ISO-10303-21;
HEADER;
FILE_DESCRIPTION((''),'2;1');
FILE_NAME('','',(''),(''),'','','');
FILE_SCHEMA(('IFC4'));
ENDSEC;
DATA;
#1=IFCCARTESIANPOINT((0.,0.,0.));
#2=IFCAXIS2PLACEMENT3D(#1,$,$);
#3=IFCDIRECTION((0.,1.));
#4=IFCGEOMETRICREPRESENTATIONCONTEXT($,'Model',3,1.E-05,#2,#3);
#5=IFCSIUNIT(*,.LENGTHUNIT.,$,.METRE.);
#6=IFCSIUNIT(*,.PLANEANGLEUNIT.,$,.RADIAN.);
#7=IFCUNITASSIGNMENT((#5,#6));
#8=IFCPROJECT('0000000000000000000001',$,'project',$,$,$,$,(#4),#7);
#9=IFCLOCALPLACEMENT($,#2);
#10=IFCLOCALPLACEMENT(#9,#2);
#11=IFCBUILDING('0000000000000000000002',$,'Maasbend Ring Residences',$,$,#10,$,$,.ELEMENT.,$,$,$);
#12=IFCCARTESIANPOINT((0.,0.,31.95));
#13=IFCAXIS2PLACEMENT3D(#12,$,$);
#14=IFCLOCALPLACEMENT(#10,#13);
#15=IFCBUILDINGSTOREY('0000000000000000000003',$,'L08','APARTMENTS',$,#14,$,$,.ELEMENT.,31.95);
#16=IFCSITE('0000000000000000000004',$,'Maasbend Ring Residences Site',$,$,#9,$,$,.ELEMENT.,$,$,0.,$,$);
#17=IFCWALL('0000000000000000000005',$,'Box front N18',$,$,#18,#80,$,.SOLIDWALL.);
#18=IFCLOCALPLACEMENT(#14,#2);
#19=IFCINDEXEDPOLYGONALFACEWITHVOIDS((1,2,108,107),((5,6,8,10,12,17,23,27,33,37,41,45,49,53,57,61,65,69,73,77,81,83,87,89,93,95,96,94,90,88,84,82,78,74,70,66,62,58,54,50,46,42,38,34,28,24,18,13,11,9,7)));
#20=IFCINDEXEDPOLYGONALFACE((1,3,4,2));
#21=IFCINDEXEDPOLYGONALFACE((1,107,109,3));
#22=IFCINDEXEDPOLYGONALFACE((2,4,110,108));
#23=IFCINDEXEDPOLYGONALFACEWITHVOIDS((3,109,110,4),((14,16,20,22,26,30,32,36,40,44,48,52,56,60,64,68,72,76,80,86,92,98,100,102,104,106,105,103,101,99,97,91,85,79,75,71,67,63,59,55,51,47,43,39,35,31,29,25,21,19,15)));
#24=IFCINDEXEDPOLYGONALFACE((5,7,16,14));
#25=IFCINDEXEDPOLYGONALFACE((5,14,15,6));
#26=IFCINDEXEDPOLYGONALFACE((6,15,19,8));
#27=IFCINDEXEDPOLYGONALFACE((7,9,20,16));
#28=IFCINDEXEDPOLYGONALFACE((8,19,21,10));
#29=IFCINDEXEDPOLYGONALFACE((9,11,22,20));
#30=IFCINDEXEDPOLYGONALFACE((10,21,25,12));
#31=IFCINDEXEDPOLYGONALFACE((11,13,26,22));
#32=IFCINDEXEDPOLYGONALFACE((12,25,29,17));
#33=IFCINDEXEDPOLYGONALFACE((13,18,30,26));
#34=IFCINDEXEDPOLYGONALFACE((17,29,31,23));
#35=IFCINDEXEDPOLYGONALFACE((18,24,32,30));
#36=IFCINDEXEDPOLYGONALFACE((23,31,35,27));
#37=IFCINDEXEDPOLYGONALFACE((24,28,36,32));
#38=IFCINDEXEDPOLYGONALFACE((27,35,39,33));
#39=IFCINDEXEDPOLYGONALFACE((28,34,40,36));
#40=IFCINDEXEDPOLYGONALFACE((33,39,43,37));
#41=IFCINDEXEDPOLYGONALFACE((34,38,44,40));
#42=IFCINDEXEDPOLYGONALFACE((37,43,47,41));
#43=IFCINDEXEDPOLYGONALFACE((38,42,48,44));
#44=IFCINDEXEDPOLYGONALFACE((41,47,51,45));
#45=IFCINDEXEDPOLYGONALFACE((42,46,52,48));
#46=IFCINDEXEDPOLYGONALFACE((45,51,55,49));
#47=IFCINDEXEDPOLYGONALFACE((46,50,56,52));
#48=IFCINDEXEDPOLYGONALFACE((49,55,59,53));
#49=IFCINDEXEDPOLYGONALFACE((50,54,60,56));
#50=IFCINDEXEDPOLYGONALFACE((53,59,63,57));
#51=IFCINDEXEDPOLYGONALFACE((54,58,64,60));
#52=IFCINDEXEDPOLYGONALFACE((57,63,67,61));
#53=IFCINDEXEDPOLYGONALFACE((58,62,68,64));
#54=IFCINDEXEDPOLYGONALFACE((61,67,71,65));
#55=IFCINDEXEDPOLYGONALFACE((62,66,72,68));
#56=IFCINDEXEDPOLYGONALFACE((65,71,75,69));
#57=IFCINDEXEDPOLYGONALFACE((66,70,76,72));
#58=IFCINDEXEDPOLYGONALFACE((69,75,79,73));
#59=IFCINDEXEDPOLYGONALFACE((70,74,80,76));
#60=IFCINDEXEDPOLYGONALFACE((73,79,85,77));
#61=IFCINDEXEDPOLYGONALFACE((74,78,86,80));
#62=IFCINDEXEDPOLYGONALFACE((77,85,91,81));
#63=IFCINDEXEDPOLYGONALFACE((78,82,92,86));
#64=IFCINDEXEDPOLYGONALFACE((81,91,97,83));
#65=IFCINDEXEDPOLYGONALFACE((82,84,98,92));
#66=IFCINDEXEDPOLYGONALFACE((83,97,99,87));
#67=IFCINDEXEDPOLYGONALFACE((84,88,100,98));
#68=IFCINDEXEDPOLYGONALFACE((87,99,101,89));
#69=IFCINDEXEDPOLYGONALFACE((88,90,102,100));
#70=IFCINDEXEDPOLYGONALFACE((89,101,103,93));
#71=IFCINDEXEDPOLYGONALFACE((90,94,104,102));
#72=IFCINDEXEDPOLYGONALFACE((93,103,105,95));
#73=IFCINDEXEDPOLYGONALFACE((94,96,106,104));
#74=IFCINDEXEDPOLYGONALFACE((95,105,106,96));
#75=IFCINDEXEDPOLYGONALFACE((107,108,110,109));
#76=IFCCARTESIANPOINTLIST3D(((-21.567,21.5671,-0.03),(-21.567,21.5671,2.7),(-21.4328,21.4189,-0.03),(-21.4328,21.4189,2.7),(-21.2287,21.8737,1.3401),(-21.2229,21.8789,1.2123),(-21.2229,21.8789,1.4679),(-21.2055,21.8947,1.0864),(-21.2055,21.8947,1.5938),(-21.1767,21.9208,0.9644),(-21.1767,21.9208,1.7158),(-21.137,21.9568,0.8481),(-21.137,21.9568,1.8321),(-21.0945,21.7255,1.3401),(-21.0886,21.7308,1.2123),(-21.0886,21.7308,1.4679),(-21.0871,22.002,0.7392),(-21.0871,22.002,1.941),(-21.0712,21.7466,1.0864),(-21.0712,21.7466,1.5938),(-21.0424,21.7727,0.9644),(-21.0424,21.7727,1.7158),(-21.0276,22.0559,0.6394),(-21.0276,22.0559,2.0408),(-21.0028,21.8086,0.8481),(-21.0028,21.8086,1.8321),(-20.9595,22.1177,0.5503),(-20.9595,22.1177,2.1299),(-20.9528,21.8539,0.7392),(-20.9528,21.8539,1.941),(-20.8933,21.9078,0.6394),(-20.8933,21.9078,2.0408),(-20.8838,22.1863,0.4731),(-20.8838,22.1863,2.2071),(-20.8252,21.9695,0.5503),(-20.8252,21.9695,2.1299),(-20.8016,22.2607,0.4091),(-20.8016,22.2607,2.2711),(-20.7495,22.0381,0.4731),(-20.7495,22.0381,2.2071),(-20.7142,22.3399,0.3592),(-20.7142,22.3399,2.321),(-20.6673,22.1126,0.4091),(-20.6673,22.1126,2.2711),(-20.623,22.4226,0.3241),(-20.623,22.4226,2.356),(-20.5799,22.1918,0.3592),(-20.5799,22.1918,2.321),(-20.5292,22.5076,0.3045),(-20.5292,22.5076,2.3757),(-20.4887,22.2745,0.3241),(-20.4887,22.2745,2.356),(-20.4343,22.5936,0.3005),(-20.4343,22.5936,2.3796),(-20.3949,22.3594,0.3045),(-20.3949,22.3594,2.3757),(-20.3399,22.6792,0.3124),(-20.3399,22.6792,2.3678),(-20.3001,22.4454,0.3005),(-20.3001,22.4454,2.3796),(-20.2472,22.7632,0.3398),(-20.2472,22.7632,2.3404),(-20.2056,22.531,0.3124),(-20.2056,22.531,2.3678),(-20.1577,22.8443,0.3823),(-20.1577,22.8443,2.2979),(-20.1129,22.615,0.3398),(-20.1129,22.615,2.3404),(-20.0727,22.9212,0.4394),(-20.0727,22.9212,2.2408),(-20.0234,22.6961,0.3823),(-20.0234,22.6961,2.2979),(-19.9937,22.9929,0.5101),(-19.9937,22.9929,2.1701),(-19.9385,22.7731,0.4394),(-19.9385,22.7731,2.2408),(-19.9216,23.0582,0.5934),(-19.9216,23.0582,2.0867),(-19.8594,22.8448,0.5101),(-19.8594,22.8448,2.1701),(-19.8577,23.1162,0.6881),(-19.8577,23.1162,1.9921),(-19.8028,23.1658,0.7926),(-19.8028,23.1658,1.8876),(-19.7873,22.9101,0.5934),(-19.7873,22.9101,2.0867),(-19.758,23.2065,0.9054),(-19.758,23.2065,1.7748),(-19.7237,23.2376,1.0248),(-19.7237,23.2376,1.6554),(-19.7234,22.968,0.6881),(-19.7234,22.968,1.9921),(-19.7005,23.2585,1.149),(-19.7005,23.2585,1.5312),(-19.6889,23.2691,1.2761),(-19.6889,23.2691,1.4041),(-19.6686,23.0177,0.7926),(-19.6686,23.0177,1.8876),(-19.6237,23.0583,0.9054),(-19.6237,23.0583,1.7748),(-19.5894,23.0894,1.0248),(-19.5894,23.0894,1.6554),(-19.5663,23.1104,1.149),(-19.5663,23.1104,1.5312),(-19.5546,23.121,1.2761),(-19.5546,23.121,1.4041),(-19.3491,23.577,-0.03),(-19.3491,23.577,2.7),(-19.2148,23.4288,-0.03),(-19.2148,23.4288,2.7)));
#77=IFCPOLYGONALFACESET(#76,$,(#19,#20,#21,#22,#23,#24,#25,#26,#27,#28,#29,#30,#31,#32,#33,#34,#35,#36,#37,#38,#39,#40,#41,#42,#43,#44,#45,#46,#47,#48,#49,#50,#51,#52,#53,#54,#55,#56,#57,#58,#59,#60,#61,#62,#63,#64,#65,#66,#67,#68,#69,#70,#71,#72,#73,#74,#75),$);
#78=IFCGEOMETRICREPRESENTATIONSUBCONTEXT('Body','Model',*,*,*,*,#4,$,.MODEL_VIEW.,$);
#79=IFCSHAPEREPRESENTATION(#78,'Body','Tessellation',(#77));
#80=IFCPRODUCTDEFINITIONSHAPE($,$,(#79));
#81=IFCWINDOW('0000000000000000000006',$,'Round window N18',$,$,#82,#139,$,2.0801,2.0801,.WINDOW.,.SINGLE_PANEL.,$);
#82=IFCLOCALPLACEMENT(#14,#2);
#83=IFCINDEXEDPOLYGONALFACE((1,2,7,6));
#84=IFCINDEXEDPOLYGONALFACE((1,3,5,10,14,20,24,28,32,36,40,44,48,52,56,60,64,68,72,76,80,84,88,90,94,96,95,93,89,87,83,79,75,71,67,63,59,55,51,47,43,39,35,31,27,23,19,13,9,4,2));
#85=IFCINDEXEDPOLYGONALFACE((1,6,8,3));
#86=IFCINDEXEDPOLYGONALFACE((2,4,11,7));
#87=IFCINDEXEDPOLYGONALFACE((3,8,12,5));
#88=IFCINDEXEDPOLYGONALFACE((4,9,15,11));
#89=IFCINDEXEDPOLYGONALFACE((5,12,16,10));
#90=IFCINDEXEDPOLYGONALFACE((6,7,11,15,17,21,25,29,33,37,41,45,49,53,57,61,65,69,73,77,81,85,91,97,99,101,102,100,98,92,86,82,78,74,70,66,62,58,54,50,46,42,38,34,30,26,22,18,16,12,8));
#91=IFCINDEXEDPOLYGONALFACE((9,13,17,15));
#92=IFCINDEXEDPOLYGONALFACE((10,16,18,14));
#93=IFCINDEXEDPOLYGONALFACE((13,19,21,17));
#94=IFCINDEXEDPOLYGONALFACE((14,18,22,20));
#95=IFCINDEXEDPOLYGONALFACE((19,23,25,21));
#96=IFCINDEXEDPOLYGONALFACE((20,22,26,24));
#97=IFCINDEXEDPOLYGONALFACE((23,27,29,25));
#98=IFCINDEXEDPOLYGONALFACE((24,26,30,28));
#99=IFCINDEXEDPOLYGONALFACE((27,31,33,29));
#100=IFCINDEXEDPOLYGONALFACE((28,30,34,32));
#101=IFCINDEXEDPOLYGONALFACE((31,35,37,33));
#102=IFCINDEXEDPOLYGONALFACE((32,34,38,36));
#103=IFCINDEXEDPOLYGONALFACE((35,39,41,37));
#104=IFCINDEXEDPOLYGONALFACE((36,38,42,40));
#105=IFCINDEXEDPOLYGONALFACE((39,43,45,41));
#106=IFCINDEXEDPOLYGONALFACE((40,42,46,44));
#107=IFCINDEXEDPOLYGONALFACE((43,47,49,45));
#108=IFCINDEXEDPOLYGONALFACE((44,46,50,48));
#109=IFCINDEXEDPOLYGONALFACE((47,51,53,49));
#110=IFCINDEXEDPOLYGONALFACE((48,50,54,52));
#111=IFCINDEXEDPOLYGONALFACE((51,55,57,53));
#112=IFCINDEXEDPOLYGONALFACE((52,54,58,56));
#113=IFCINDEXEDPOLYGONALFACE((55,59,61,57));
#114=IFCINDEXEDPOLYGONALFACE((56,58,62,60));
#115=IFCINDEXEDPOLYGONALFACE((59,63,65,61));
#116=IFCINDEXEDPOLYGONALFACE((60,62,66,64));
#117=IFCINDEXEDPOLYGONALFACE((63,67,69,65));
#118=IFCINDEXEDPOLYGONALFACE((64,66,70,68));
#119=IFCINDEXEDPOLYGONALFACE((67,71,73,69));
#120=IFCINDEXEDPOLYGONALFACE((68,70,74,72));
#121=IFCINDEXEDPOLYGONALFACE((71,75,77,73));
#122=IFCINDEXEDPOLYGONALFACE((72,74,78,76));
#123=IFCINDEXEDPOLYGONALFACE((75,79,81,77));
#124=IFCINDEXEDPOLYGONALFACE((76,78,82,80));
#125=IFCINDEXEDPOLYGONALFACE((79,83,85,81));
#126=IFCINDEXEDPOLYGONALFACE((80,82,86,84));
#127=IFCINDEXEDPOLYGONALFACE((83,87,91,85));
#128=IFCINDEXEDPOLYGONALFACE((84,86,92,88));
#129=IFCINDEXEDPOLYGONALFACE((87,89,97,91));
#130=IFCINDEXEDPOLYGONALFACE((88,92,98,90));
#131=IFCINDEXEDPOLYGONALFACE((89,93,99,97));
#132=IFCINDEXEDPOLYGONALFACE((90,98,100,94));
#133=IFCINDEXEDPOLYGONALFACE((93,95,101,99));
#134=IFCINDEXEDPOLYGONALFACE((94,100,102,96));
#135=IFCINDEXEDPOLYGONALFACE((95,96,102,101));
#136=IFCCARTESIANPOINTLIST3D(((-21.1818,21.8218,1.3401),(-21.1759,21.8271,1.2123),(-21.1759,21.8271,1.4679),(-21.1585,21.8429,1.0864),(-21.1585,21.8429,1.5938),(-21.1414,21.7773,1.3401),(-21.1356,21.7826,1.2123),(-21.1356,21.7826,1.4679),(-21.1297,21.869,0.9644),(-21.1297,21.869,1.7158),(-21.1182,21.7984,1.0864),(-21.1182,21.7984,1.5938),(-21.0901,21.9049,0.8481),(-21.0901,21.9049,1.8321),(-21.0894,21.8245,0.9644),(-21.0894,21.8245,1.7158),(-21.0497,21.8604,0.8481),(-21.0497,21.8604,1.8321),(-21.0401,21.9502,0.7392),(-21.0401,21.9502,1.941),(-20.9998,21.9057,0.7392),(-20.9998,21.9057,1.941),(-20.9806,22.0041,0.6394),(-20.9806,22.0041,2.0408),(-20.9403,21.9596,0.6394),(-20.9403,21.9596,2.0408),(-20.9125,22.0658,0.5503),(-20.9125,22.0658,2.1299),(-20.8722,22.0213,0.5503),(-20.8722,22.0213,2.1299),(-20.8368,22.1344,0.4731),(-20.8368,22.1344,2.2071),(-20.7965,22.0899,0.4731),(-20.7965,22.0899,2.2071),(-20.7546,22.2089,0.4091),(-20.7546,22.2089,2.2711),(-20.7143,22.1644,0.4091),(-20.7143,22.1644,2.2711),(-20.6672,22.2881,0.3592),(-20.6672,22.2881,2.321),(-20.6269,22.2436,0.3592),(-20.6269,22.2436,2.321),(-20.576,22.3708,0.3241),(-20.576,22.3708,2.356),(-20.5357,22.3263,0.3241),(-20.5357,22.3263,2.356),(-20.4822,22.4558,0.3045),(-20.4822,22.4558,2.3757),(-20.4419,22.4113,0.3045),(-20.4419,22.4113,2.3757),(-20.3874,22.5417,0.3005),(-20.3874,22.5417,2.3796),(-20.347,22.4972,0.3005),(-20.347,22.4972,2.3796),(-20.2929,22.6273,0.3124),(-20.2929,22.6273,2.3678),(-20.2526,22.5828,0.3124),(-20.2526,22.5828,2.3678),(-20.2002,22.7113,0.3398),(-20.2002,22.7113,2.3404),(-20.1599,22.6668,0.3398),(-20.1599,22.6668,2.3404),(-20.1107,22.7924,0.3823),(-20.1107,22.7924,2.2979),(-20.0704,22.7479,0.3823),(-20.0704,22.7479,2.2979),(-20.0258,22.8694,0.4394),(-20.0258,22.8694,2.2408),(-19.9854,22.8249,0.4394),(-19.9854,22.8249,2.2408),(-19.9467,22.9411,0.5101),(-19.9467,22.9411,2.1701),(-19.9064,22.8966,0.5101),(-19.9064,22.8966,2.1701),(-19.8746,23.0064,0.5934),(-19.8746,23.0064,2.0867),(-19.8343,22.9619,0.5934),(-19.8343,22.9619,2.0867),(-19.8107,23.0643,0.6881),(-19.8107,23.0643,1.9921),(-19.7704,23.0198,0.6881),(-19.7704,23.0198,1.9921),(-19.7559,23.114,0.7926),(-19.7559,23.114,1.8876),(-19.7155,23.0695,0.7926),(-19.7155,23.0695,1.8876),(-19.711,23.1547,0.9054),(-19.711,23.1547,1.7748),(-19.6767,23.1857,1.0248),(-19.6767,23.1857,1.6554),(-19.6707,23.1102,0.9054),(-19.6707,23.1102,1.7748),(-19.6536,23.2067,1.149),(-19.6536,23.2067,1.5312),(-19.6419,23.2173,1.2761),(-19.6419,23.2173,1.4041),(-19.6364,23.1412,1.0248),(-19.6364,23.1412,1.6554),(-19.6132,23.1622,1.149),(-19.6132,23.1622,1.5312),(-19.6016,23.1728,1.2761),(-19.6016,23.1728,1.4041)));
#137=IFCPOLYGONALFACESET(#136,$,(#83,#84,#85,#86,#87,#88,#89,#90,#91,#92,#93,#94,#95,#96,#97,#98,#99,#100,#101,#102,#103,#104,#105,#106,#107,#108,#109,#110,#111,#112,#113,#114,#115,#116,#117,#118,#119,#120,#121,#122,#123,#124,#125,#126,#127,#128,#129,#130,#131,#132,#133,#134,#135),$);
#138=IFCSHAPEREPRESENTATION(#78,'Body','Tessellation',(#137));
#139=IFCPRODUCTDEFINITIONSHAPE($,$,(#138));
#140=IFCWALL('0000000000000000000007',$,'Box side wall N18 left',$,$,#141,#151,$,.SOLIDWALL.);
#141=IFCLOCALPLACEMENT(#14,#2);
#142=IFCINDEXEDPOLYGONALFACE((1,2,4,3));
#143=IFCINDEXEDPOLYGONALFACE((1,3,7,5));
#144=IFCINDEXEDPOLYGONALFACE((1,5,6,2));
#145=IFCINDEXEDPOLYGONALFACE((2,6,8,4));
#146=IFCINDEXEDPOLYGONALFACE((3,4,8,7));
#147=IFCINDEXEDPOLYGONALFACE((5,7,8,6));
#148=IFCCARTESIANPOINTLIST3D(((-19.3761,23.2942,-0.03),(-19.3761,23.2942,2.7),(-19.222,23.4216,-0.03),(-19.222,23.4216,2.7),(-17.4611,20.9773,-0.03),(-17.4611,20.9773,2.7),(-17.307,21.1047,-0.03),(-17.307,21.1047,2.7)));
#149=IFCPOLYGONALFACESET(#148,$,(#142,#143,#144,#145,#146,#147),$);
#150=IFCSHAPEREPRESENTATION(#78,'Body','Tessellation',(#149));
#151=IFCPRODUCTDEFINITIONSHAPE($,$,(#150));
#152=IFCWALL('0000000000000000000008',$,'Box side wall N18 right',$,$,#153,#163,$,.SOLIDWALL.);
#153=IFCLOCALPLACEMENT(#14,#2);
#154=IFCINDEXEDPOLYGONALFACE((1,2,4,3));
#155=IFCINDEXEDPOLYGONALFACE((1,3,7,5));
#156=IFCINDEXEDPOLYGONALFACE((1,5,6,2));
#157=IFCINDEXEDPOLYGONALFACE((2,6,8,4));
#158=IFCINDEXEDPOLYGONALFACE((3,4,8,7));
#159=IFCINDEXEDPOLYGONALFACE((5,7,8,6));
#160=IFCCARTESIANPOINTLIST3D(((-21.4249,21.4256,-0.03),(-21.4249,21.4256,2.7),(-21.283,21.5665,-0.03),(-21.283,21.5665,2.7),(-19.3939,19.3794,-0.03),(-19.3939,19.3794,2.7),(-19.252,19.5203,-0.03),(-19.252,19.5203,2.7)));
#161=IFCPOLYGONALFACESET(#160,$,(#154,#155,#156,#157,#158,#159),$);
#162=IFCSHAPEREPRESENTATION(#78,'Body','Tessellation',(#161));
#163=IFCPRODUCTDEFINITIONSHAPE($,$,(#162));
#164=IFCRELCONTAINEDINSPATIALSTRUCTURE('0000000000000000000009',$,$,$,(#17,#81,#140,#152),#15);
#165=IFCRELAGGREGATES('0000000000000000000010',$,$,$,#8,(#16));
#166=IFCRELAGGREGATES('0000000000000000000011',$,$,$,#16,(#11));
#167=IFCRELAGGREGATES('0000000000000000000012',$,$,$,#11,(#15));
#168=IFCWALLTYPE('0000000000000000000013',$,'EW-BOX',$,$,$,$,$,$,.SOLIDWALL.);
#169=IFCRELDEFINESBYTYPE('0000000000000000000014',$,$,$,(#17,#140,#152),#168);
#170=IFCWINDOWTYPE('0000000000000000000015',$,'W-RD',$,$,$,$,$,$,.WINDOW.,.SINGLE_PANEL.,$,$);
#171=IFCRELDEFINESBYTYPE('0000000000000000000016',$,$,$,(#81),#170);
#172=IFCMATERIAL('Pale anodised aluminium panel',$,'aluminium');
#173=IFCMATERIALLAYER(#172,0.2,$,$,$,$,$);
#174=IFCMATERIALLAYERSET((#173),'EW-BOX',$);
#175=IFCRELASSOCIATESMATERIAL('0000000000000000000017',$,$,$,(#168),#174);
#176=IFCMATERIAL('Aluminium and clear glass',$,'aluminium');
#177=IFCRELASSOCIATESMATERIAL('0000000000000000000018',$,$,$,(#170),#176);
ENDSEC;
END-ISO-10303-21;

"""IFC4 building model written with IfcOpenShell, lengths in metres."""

from ifc_helpers import new_model, si_unit, direction, frame, frame_2d, origin, place, context, subcontext, project, spatial, rectangle, circle, extrude, material, layer, layer_set, type_object, element, fill, save


model = new_model("IFC4")

# Units and contexts
model_context = context("Model", 3, precision=1e-05, world=origin(), true_north=direction((0.0, 1.0)))
body_context = subcontext(model_context, "Body", "Model", "MODEL_VIEW")
ifc_project = project(units=[si_unit("LENGTHUNIT", "METRE"), si_unit("PLANEANGLEUNIT", "RADIAN")], contexts=[model_context])

# Site, building, storey
site_placement = place(None, origin())
site = spatial("IfcSite", under=ifc_project, at=site_placement, Name="Maasbend Ring Residences Site", CompositionType="ELEMENT", RefElevation=0.0)
building_placement = place(site_placement, origin())
building = spatial("IfcBuilding", under=site, at=building_placement, Name="Maasbend Ring Residences", CompositionType="ELEMENT")
storey_placement = place(building_placement, frame((0.0, 0.0, 31.95)))
storey = spatial("IfcBuildingStorey", under=building, at=storey_placement, Name="L08", Description="APARTMENTS", CompositionType="ELEMENT", Elevation=31.95)

# Wall, opening, window
ifc_material_1 = material(Name="Pale anodised aluminium panel", Category="aluminium")
ifc_layer_1 = layer(ifc_material_1, 0.2)
ifc_layer_set_1 = layer_set([ifc_layer_1], Name="EW-BOX")
wall_type_1 = type_object("IfcWallType", Name="EW-BOX", PredefinedType="SOLIDWALL", material=ifc_layer_set_1)
wall_1_placement = place(storey_placement, frame((-19.282, 23.5029, -0.03), z_axis=(0.0, 0.0, 1.0), x_axis=(-0.740998, -0.671507, 0.0)))
wall_1 = element("IfcWall", 1, at=wall_1_placement, inside=storey, type_object=wall_type_1, Name="Box front N18", PredefinedType="SOLIDWALL", context=body_context, shape_type="SweptSolid", body=[
    extrude(rectangle(XDim=2.9932, YDim=0.2, at=frame_2d((1.4966, 0.0))), origin(), (0.0, 0.0, 1.0), 2.73),
])
opening_1_placement = place(wall_1_placement, frame((0.4565, 0.0, 0.3301)))
opening_1 = element("IfcOpeningElement", 2, at=opening_1_placement, cuts=wall_1, PredefinedType="OPENING", context=body_context, shape_type="SweptSolid", body=[
    extrude(circle(Radius=1.04, at=frame_2d((1.04, 1.04))), frame((0.0, 0.1099, 0.0), z_axis=(0.0, -1.0, 0.0), x_axis=(1.0, 0.0, 0.0)), (0.0, 0.0, 1.0), 0.22),
])
ifc_material_2 = material(Name="Aluminium and clear glass", Category="aluminium")
window_type_1 = type_object("IfcWindowType", Name="W-RD", PartitioningType="SINGLE_PANEL", PredefinedType="WINDOW", material=ifc_material_2)
window_1_placement = place(opening_1_placement, origin())
window_1 = element("IfcWindow", 3, at=window_1_placement, inside=storey, type_object=window_type_1, Name="Round window N18", OverallHeight=2.0801, OverallWidth=2.0801, PartitioningType="SINGLE_PANEL", PredefinedType="WINDOW", context=body_context, shape_type="SweptSolid", body=[
    extrude(circle(Radius=1.04, at=frame_2d((1.04, 1.04))), frame((0.0, 0.03, 0.0), z_axis=(0.0, -1.0, 0.0), x_axis=(1.0, 0.0, 0.0)), (0.0, 0.0, 1.0), 0.0601),
])
fill(opening_1, window_1)

# Walls
wall_2_placement = place(storey_placement, frame((-17.384, 21.041, -0.03), z_axis=(0.0, 0.0, 1.0), x_axis=(-0.637096, 0.770785, 0.0)))
element("IfcWall", 4, at=wall_2_placement, inside=storey, type_object=wall_type_1, Name="Box side wall N18 left", PredefinedType="SOLIDWALL", context=body_context, shape_type="SweptSolid", body=[
    extrude(rectangle(XDim=3.0059, YDim=0.2, at=frame_2d((1.5029, 0.0))), origin(), (0.0, 0.0, 1.0), 2.73),
])
wall_3_placement = place(storey_placement, frame((-19.323, 19.45, -0.03), z_axis=(0.0, 0.0, 1.0), x_axis=(-0.704477, 0.709727, 0.0)))
element("IfcWall", 5, at=wall_3_placement, inside=storey, type_object=wall_type_1, Name="Box side wall N18 right", PredefinedType="SOLIDWALL", context=body_context, shape_type="SweptSolid", body=[
    extrude(rectangle(XDim=2.8831, YDim=0.2, at=frame_2d((1.4414, 0.0))), origin(), (0.0, 0.0, 1.0), 2.73),
])

save(model, "model.ifc")
